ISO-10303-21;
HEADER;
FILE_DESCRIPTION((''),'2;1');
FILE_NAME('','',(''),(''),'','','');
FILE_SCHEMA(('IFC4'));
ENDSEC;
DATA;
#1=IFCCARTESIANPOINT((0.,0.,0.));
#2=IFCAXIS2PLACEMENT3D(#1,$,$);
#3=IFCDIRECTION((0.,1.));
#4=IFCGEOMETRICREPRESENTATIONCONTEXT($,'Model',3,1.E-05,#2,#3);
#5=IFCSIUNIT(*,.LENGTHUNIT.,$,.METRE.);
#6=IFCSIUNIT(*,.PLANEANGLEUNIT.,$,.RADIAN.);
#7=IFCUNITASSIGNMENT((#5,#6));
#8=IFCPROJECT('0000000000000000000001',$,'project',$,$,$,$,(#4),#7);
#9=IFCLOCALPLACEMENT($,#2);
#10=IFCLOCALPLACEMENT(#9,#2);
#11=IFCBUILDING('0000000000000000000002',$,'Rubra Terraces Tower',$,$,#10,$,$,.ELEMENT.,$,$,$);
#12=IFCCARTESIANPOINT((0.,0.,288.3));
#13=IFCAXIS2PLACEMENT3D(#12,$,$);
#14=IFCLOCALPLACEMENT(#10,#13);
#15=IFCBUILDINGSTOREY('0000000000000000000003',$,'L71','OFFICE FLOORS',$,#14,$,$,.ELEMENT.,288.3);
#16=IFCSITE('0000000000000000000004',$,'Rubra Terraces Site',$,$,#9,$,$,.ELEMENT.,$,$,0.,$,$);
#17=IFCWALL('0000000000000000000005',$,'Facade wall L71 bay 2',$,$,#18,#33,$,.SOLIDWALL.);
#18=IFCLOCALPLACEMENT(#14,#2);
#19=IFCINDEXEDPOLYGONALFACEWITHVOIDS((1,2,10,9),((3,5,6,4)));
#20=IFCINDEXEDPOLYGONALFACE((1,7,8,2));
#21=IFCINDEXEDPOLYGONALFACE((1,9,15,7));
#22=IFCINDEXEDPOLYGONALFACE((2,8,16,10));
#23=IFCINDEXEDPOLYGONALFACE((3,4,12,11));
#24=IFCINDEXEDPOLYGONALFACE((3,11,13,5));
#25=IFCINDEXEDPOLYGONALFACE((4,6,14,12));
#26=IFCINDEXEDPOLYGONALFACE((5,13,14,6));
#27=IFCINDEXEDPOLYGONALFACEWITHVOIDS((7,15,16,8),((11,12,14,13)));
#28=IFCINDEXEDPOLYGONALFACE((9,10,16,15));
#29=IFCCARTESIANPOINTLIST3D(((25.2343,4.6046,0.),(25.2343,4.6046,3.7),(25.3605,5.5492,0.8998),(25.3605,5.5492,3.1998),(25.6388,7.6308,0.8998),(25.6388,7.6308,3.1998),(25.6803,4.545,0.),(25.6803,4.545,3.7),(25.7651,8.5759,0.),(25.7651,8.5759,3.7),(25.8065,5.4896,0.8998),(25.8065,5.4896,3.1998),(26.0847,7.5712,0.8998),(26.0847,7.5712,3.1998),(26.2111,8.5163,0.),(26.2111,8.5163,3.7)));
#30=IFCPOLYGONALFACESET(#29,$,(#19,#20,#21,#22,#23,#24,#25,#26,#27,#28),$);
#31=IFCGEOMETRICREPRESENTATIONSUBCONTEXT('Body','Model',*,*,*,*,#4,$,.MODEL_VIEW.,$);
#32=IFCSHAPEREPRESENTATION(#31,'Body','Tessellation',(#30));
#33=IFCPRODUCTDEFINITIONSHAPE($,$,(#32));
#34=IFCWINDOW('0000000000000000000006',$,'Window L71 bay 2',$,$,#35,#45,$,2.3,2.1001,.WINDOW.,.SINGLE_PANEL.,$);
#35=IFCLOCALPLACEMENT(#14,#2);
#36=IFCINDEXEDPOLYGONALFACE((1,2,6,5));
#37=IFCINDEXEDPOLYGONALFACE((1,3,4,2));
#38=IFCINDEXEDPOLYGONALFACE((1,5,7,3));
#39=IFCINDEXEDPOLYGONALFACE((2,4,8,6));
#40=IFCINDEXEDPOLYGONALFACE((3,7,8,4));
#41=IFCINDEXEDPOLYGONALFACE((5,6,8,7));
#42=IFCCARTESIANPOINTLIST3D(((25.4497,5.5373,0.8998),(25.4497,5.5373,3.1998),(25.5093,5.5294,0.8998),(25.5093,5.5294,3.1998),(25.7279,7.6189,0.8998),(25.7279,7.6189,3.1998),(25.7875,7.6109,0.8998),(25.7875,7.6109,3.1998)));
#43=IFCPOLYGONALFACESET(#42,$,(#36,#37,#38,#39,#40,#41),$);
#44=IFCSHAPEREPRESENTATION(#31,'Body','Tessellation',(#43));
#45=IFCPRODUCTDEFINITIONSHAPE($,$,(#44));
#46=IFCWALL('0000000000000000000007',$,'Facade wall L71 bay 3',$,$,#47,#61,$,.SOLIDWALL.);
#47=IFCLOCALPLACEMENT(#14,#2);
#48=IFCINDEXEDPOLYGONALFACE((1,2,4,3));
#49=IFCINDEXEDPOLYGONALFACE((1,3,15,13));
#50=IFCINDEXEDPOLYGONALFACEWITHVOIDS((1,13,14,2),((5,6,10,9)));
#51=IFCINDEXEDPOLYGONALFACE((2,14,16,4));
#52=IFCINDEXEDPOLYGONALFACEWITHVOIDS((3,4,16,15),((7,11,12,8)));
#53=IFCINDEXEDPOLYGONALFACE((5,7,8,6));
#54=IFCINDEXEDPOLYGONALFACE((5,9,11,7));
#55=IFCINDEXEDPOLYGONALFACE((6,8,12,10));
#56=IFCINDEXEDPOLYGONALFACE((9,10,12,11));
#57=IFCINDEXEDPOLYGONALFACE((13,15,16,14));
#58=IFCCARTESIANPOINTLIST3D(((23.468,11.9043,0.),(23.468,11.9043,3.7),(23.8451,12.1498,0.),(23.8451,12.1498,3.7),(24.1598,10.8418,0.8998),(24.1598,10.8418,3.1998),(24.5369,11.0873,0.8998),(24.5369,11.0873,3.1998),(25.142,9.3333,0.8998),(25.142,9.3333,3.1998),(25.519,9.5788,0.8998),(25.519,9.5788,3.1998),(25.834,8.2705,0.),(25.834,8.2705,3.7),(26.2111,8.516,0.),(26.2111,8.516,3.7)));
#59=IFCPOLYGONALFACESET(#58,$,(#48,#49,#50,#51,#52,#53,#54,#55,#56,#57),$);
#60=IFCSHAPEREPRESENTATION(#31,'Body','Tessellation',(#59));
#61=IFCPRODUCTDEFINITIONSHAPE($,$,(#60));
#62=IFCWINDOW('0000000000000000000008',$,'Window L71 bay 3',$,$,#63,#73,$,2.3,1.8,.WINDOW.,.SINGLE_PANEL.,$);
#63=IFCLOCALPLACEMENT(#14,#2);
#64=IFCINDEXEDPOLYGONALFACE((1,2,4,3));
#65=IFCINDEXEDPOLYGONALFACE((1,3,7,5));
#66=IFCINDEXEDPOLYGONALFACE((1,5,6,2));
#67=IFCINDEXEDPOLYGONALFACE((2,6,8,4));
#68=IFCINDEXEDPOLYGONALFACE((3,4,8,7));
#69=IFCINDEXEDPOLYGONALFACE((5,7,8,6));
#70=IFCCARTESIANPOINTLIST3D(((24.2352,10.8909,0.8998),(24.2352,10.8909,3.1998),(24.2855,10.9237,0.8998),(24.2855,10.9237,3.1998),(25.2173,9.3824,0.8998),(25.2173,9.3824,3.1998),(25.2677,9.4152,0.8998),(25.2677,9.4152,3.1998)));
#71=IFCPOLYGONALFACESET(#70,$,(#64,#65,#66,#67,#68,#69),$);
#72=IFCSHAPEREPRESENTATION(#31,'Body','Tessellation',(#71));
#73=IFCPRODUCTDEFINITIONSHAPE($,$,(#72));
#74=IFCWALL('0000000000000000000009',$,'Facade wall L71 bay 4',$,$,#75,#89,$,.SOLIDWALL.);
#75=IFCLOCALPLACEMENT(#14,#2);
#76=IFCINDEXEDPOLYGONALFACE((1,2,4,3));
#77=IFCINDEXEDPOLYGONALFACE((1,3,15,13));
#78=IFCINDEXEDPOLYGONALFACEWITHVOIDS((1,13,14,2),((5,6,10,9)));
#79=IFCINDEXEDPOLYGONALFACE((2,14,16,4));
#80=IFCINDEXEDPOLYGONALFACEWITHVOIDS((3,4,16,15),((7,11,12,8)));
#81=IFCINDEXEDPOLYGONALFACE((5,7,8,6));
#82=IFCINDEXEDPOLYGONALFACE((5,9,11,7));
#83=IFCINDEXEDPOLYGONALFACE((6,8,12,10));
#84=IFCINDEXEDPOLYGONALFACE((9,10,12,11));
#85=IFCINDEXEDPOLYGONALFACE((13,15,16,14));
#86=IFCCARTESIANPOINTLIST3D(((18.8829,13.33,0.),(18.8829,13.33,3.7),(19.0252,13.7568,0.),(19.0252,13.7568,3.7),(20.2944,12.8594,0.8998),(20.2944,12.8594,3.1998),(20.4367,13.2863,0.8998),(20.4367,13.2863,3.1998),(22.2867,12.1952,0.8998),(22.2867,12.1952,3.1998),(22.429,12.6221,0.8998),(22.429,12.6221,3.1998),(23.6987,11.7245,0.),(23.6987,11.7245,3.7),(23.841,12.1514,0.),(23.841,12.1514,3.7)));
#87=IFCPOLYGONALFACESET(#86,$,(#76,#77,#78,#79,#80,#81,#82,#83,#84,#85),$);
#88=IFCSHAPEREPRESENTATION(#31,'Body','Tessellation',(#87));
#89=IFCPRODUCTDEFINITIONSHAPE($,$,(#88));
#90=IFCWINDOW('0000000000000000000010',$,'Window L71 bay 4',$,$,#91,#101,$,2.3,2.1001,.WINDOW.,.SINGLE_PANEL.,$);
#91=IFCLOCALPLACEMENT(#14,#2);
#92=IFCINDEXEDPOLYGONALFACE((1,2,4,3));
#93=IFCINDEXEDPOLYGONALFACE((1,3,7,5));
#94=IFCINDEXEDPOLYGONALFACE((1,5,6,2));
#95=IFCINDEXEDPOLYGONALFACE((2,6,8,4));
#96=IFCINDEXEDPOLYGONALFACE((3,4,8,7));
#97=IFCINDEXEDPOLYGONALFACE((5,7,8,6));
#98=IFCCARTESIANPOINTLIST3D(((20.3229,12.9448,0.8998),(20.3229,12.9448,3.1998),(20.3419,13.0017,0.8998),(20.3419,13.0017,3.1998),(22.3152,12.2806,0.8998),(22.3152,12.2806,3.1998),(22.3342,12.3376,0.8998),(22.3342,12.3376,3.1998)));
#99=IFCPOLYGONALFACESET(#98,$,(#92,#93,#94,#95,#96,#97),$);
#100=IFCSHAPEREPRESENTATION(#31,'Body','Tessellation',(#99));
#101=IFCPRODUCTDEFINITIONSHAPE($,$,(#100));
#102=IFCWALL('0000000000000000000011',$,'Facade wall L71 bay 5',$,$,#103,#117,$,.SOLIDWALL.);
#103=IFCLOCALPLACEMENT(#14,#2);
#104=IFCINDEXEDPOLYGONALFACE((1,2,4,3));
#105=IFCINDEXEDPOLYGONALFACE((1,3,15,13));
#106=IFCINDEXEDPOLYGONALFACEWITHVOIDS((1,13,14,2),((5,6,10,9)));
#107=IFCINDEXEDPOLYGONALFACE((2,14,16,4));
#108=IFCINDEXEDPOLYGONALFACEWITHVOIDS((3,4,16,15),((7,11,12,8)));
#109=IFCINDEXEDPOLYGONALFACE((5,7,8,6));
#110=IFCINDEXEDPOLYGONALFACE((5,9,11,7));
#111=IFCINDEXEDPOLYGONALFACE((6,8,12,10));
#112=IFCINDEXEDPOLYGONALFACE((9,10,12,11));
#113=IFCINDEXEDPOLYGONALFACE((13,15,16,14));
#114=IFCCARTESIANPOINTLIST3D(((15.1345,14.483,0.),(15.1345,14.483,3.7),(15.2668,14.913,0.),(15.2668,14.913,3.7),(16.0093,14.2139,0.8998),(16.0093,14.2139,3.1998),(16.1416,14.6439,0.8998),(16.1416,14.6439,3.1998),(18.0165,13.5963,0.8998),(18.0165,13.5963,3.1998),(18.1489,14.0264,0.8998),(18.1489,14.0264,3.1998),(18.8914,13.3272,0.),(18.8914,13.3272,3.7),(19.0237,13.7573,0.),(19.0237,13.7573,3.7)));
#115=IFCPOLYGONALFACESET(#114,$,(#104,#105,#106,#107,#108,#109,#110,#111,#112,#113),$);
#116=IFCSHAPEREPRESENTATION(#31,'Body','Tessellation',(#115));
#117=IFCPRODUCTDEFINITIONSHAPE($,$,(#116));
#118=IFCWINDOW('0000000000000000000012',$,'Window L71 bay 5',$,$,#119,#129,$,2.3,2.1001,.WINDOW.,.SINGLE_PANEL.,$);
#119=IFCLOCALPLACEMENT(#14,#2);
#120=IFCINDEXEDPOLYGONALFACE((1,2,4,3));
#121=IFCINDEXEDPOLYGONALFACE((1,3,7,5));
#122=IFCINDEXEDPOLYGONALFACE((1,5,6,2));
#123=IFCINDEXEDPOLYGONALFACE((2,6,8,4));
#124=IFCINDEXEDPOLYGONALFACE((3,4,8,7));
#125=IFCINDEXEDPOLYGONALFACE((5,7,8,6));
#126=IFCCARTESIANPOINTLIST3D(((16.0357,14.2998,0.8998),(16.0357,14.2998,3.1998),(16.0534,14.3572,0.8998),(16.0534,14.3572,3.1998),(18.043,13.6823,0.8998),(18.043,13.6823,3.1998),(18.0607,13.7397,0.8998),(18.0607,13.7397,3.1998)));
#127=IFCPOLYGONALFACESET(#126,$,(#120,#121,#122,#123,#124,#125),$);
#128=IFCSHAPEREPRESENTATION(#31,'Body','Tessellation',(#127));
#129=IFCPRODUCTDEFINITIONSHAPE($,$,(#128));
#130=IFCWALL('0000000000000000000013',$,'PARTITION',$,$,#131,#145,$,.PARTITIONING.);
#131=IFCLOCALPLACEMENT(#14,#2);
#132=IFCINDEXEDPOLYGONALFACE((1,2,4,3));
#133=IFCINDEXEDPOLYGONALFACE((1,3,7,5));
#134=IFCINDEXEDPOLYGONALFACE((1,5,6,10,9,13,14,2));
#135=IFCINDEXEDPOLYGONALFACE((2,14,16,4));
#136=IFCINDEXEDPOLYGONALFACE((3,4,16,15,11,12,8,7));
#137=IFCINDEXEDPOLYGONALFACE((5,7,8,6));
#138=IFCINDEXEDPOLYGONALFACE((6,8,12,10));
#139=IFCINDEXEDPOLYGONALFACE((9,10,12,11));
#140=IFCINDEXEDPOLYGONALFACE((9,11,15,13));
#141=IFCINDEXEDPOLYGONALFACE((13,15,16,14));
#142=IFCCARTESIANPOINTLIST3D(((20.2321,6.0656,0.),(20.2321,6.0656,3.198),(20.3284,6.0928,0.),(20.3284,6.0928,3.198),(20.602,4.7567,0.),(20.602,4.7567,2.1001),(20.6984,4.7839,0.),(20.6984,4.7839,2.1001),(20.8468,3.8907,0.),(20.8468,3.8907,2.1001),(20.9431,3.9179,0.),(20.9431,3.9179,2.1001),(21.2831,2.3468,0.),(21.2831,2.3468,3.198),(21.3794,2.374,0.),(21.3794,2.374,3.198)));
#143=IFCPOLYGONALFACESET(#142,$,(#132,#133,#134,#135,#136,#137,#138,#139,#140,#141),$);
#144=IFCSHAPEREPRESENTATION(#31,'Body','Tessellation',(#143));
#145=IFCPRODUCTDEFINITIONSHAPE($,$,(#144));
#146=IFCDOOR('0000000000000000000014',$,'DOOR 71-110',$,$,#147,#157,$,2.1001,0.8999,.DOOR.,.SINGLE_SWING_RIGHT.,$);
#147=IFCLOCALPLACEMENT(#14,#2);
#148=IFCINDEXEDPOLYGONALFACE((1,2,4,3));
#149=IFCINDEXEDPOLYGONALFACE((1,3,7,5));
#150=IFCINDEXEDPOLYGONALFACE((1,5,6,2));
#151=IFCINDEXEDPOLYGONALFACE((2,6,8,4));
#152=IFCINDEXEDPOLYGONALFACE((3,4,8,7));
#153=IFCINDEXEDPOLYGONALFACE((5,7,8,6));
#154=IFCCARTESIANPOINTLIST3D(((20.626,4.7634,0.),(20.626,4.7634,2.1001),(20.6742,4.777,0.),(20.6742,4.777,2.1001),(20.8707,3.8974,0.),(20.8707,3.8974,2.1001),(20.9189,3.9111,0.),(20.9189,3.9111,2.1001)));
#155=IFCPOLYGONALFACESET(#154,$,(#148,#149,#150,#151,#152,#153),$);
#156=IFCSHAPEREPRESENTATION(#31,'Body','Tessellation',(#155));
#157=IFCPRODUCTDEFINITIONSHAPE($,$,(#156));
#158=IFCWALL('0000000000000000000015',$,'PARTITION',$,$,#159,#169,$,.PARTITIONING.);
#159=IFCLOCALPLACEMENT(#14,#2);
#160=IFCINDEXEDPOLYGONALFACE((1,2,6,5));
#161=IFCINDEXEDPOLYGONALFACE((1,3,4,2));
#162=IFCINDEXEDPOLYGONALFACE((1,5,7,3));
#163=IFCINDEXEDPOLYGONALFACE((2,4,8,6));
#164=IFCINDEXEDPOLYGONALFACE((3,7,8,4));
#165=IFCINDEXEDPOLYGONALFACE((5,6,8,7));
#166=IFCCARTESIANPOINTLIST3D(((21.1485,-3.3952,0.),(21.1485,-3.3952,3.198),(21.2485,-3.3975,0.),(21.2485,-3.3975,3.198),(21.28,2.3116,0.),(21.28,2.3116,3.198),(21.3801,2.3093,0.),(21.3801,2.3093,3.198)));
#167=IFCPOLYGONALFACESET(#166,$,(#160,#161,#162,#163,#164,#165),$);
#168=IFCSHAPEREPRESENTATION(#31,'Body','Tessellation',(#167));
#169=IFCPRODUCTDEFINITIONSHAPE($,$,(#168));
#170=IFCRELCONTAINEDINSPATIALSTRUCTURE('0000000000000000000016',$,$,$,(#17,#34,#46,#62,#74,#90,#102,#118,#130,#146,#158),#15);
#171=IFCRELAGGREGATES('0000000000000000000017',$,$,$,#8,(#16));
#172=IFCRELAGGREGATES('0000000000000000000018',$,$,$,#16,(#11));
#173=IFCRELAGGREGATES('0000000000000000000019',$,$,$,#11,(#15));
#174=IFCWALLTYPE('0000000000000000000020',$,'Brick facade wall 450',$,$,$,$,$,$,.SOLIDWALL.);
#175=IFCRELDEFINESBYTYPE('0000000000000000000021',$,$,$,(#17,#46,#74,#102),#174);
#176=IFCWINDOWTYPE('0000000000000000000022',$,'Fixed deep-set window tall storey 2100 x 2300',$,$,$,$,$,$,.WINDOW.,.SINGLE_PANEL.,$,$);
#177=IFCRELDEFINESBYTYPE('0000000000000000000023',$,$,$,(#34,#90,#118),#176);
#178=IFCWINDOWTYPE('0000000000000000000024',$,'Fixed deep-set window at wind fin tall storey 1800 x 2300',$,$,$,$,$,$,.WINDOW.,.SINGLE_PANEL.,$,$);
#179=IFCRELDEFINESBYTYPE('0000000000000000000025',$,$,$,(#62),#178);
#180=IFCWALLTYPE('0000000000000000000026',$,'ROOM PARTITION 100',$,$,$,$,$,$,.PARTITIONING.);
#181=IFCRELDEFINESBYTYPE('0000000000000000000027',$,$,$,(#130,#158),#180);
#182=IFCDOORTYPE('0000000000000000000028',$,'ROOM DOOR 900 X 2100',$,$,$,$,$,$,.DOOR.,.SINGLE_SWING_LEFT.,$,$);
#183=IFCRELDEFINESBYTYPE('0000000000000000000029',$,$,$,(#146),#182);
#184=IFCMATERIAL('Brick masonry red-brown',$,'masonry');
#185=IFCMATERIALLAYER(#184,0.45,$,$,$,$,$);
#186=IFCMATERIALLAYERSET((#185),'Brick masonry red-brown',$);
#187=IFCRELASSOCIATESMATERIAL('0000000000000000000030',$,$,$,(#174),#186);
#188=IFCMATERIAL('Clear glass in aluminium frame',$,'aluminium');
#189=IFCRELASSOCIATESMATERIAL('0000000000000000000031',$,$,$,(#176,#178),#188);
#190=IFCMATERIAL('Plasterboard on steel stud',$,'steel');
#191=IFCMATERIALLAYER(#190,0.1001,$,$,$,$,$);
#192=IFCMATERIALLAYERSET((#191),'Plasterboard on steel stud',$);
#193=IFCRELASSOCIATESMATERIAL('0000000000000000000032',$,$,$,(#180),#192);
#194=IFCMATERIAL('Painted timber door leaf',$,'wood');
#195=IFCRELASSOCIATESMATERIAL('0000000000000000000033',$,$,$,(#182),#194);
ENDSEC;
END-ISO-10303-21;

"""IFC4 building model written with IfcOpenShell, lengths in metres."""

from ifc_helpers import new_model, si_unit, direction, frame, frame_2d, origin, place, context, subcontext, project, spatial, rectangle, extrude, material, layer, layer_set, type_object, element, fill, save


model = new_model("IFC4")

# Units and contexts
model_context = context("Model", 3, precision=1e-05, world=origin(), true_north=direction((0.0, 1.0)))
body_context = subcontext(model_context, "Body", "Model", "MODEL_VIEW")
ifc_project = project(units=[si_unit("LENGTHUNIT", "METRE"), si_unit("PLANEANGLEUNIT", "RADIAN")], contexts=[model_context])

# Site, building, storey
site_placement = place(None, origin())
site = spatial("IfcSite", under=ifc_project, at=site_placement, Name="Rubra Terraces Site", CompositionType="ELEMENT", RefElevation=0.0)
building_placement = place(site_placement, origin())
building = spatial("IfcBuilding", under=site, at=building_placement, Name="Rubra Terraces Tower", CompositionType="ELEMENT")
storey_placement = place(building_placement, frame((0.0, 0.0, 288.3)))
storey = spatial("IfcBuildingStorey", under=building, at=storey_placement, Name="L71", Description="OFFICE FLOORS", CompositionType="ELEMENT", Elevation=288.3)

# Walls, openings, windows
ifc_material_1 = material(Name="Brick masonry red-brown", Category="masonry")
ifc_layer_1 = layer(ifc_material_1, 0.45)
ifc_layer_set_1 = layer_set([ifc_layer_1], Name="Brick masonry red-brown")
wall_type_1 = type_object("IfcWallType", Name="Brick facade wall 450", PredefinedType="SOLIDWALL", material=ifc_layer_set_1)
wall_1_placement = place(storey_placement, frame((25.4573, 4.5747, 0.0), z_axis=(0.0, 0.0, 1.0), x_axis=(0.132475, 0.991186, 0.0)))
wall_1 = element("IfcWall", 1, at=wall_1_placement, inside=storey, type_object=wall_type_1, Name="Facade wall L71 bay 2", PredefinedType="SOLIDWALL", context=body_context, shape_type="SweptSolid", body=[
    extrude(rectangle(XDim=4.0066, YDim=0.45, at=frame_2d((2.0034, 0.0))), origin(), (0.0, 0.0, 1.0), 3.7),
])
opening_1_placement = place(wall_1_placement, frame((0.9531, 0.0, 0.8999)))
opening_1 = element("IfcOpeningElement", 2, at=opening_1_placement, cuts=wall_1, PredefinedType="OPENING", context=body_context, shape_type="SweptSolid", body=[
    extrude(rectangle(XDim=2.1001, YDim=2.3, at=frame_2d((1.05, 1.1499))), frame((0.0, 0.2349, 0.0), z_axis=(0.0, -1.0, 0.0), x_axis=(1.0, 0.0, 0.0)), (0.0, 0.0, 1.0), 0.47),
])
ifc_material_2 = material(Name="Clear glass in aluminium frame", Category="aluminium")
window_type_1 = type_object("IfcWindowType", Name="Fixed deep-set window tall storey 2100 x 2300", PartitioningType="SINGLE_PANEL", PredefinedType="WINDOW", material=ifc_material_2)
window_1_placement = place(opening_1_placement, origin())
window_1 = element("IfcWindow", 3, at=window_1_placement, inside=storey, type_object=window_type_1, Name="Window L71 bay 2", OverallHeight=2.3, OverallWidth=2.1001, PartitioningType="SINGLE_PANEL", PredefinedType="WINDOW", context=body_context, shape_type="SweptSolid", body=[
    extrude(rectangle(XDim=2.1001, YDim=2.3, at=frame_2d((1.05, 1.1499))), frame((0.0, 0.135, 0.0), z_axis=(0.0, -1.0, 0.0), x_axis=(1.0, 0.0, 0.0)), (0.0, 0.0, 1.0), 0.0601),
])
fill(opening_1, window_1)
wall_2_placement = place(storey_placement, frame((26.0225, 8.3933, 0.0), z_axis=(0.0, 0.0, 1.0), x_axis=(-0.545637, 0.838021, 0.0)))
wall_2 = element("IfcWall", 4, at=wall_2_placement, inside=storey, type_object=wall_type_1, Name="Facade wall L71 bay 3", PredefinedType="SOLIDWALL", context=body_context, shape_type="SweptSolid", body=[
    extrude(rectangle(XDim=4.3362, YDim=0.45, at=frame_2d((2.168, 0.0))), origin(), (0.0, 0.0, 1.0), 3.7),
])
opening_2_placement = place(wall_2_placement, frame((1.2683, 0.0, 0.8999)))
opening_2 = element("IfcOpeningElement", 5, at=opening_2_placement, cuts=wall_2, PredefinedType="OPENING", context=body_context, shape_type="SweptSolid", body=[
    extrude(rectangle(XDim=1.8, YDim=2.3, at=frame_2d((0.8999, 1.1499))), frame((0.0, 0.2349, 0.0), z_axis=(0.0, -1.0, 0.0), x_axis=(1.0, 0.0, 0.0)), (0.0, 0.0, 1.0), 0.47),
])
window_type_2 = type_object("IfcWindowType", Name="Fixed deep-set window at wind fin tall storey 1800 x 2300", PartitioningType="SINGLE_PANEL", PredefinedType="WINDOW", material=ifc_material_2)
window_2_placement = place(opening_2_placement, origin())
window_2 = element("IfcWindow", 6, at=window_2_placement, inside=storey, type_object=window_type_2, Name="Window L71 bay 3", OverallHeight=2.3, OverallWidth=1.8, PartitioningType="SINGLE_PANEL", PredefinedType="WINDOW", context=body_context, shape_type="SweptSolid", body=[
    extrude(rectangle(XDim=1.8, YDim=2.3, at=frame_2d((0.8999, 1.1499))), frame((0.0, 0.135, 0.0), z_axis=(0.0, -1.0, 0.0), x_axis=(1.0, 0.0, 0.0)), (0.0, 0.0, 1.0), 0.0601),
])
fill(opening_2, window_2)
wall_3_placement = place(storey_placement, frame((23.7698, 11.938, 0.0), z_axis=(0.0, 0.0, 1.0), x_axis=(-0.948674, 0.316257, 0.0)))
wall_3 = element("IfcWall", 7, at=wall_3_placement, inside=storey, type_object=wall_type_1, Name="Facade wall L71 bay 4", PredefinedType="SOLIDWALL", context=body_context, shape_type="SweptSolid", body=[
    extrude(rectangle(XDim=5.0764, YDim=0.45, at=frame_2d((2.5381, 0.0))), origin(), (0.0, 0.0, 1.0), 3.7),
])
opening_3_placement = place(wall_3_placement, frame((1.4883, 0.0, 0.8999)))
opening_3 = element("IfcOpeningElement", 8, at=opening_3_placement, cuts=wall_3, PredefinedType="OPENING", context=body_context, shape_type="SweptSolid", body=[
    extrude(rectangle(XDim=2.1001, YDim=2.3, at=frame_2d((1.05, 1.1499))), frame((0.0, 0.2349, 0.0), z_axis=(0.0, -1.0, 0.0), x_axis=(1.0, 0.0, 0.0)), (0.0, 0.0, 1.0), 0.47),
])
window_3_placement = place(opening_3_placement, origin())
window_3 = element("IfcWindow", 9, at=window_3_placement, inside=storey, type_object=window_type_1, Name="Window L71 bay 4", OverallHeight=2.3, OverallWidth=2.1001, PartitioningType="SINGLE_PANEL", PredefinedType="WINDOW", context=body_context, shape_type="SweptSolid", body=[
    extrude(rectangle(XDim=2.1001, YDim=2.3, at=frame_2d((1.05, 1.1499))), frame((0.0, 0.135, 0.0), z_axis=(0.0, -1.0, 0.0), x_axis=(1.0, 0.0, 0.0)), (0.0, 0.0, 1.0), 0.0601),
])
fill(opening_3, window_3)
wall_4_placement = place(storey_placement, frame((18.9575, 13.5422, 0.0), z_axis=(0.0, 0.0, 1.0), x_axis=(-0.955792, 0.294042, 0.0)))
wall_4 = element("IfcWall", 10, at=wall_4_placement, inside=storey, type_object=wall_type_1, Name="Facade wall L71 bay 5", PredefinedType="SOLIDWALL", context=body_context, shape_type="SweptSolid", body=[
    extrude(rectangle(XDim=3.9307, YDim=0.45, at=frame_2d((1.9653, 0.0))), origin(), (0.0, 0.0, 1.0), 3.7),
])
opening_4_placement = place(wall_4_placement, frame((0.9153, 0.0, 0.8999)))
opening_4 = element("IfcOpeningElement", 11, at=opening_4_placement, cuts=wall_4, PredefinedType="OPENING", context=body_context, shape_type="SweptSolid", body=[
    extrude(rectangle(XDim=2.1001, YDim=2.3, at=frame_2d((1.05, 1.1499))), frame((0.0, 0.2349, 0.0), z_axis=(0.0, -1.0, 0.0), x_axis=(1.0, 0.0, 0.0)), (0.0, 0.0, 1.0), 0.47),
])
window_4_placement = place(opening_4_placement, origin())
window_4 = element("IfcWindow", 12, at=window_4_placement, inside=storey, type_object=window_type_1, Name="Window L71 bay 5", OverallHeight=2.3, OverallWidth=2.1001, PartitioningType="SINGLE_PANEL", PredefinedType="WINDOW", context=body_context, shape_type="SweptSolid", body=[
    extrude(rectangle(XDim=2.1001, YDim=2.3, at=frame_2d((1.05, 1.1499))), frame((0.0, 0.135, 0.0), z_axis=(0.0, -1.0, 0.0), x_axis=(1.0, 0.0, 0.0)), (0.0, 0.0, 1.0), 0.0601),
])
fill(opening_4, window_4)

# Wall, opening, door
ifc_material_3 = material(Name="Plasterboard on steel stud", Category="steel")
ifc_layer_2 = layer(ifc_material_3, 0.1001)
ifc_layer_set_2 = layer_set([ifc_layer_2], Name="Plasterboard on steel stud")
wall_type_2 = type_object("IfcWallType", Name="ROOM PARTITION 100", PredefinedType="PARTITIONING", material=ifc_layer_set_2)
wall_5_placement = place(storey_placement, frame((20.2803, 6.0791, 0.0), z_axis=(0.0, 0.0, 1.0), x_axis=(0.271975, -0.962304, 0.0)))
wall_5 = element("IfcWall", 13, at=wall_5_placement, inside=storey, type_object=wall_type_2, Name="PARTITION", PredefinedType="PARTITIONING", context=body_context, shape_type="SweptSolid", body=[
    extrude(rectangle(XDim=3.8645, YDim=0.1001, at=frame_2d((1.9321, 0.0))), origin(), (0.0, 0.0, 1.0), 3.198),
])
opening_5_placement = place(wall_5_placement, frame((1.3601, 0.0, 0.0)))
opening_5 = element("IfcOpeningElement", 14, at=opening_5_placement, cuts=wall_5, PredefinedType="OPENING", context=body_context, shape_type="SweptSolid", body=[
    extrude(rectangle(XDim=0.8999, YDim=2.1001, at=frame_2d((0.45, 1.05))), frame((0.0, 0.0601, 0.0), z_axis=(0.0, -1.0, 0.0), x_axis=(1.0, 0.0, 0.0)), (0.0, 0.0, 1.0), 0.1201),
])
ifc_material_4 = material(Name="Painted timber door leaf", Category="wood")
door_type = type_object("IfcDoorType", Name="ROOM DOOR 900 X 2100", OperationType="SINGLE_SWING_LEFT", PredefinedType="DOOR", material=ifc_material_4)
door_placement = place(opening_5_placement, origin())
door = element("IfcDoor", 15, at=door_placement, inside=storey, type_object=door_type, Name="DOOR 71-110", OperationType="SINGLE_SWING_RIGHT", OverallHeight=2.1001, OverallWidth=0.8999, PredefinedType="DOOR", context=body_context, shape_type="SweptSolid", body=[
    extrude(rectangle(XDim=0.8999, YDim=2.1001, at=frame_2d((0.45, 1.05))), frame((0.0, 0.0249, 0.0), z_axis=(0.0, -1.0, 0.0), x_axis=(1.0, 0.0, 0.0)), (0.0, 0.0, 1.0), 0.05),
])
fill(opening_5, door)

# Wall
wall_6_placement = place(storey_placement, frame((21.3301, 2.3103, 0.0), z_axis=(0.0, 0.0, 1.0), x_axis=(-0.023053, -0.999734, 0.0)))
element("IfcWall", 16, at=wall_6_placement, inside=storey, type_object=wall_type_2, Name="PARTITION", PredefinedType="PARTITIONING", context=body_context, shape_type="SweptSolid", body=[
    extrude(rectangle(XDim=5.7083, YDim=0.1001, at=frame_2d((2.854, 0.0))), origin(), (0.0, 0.0, 1.0), 3.198),
])

save(model, "model.ifc")
